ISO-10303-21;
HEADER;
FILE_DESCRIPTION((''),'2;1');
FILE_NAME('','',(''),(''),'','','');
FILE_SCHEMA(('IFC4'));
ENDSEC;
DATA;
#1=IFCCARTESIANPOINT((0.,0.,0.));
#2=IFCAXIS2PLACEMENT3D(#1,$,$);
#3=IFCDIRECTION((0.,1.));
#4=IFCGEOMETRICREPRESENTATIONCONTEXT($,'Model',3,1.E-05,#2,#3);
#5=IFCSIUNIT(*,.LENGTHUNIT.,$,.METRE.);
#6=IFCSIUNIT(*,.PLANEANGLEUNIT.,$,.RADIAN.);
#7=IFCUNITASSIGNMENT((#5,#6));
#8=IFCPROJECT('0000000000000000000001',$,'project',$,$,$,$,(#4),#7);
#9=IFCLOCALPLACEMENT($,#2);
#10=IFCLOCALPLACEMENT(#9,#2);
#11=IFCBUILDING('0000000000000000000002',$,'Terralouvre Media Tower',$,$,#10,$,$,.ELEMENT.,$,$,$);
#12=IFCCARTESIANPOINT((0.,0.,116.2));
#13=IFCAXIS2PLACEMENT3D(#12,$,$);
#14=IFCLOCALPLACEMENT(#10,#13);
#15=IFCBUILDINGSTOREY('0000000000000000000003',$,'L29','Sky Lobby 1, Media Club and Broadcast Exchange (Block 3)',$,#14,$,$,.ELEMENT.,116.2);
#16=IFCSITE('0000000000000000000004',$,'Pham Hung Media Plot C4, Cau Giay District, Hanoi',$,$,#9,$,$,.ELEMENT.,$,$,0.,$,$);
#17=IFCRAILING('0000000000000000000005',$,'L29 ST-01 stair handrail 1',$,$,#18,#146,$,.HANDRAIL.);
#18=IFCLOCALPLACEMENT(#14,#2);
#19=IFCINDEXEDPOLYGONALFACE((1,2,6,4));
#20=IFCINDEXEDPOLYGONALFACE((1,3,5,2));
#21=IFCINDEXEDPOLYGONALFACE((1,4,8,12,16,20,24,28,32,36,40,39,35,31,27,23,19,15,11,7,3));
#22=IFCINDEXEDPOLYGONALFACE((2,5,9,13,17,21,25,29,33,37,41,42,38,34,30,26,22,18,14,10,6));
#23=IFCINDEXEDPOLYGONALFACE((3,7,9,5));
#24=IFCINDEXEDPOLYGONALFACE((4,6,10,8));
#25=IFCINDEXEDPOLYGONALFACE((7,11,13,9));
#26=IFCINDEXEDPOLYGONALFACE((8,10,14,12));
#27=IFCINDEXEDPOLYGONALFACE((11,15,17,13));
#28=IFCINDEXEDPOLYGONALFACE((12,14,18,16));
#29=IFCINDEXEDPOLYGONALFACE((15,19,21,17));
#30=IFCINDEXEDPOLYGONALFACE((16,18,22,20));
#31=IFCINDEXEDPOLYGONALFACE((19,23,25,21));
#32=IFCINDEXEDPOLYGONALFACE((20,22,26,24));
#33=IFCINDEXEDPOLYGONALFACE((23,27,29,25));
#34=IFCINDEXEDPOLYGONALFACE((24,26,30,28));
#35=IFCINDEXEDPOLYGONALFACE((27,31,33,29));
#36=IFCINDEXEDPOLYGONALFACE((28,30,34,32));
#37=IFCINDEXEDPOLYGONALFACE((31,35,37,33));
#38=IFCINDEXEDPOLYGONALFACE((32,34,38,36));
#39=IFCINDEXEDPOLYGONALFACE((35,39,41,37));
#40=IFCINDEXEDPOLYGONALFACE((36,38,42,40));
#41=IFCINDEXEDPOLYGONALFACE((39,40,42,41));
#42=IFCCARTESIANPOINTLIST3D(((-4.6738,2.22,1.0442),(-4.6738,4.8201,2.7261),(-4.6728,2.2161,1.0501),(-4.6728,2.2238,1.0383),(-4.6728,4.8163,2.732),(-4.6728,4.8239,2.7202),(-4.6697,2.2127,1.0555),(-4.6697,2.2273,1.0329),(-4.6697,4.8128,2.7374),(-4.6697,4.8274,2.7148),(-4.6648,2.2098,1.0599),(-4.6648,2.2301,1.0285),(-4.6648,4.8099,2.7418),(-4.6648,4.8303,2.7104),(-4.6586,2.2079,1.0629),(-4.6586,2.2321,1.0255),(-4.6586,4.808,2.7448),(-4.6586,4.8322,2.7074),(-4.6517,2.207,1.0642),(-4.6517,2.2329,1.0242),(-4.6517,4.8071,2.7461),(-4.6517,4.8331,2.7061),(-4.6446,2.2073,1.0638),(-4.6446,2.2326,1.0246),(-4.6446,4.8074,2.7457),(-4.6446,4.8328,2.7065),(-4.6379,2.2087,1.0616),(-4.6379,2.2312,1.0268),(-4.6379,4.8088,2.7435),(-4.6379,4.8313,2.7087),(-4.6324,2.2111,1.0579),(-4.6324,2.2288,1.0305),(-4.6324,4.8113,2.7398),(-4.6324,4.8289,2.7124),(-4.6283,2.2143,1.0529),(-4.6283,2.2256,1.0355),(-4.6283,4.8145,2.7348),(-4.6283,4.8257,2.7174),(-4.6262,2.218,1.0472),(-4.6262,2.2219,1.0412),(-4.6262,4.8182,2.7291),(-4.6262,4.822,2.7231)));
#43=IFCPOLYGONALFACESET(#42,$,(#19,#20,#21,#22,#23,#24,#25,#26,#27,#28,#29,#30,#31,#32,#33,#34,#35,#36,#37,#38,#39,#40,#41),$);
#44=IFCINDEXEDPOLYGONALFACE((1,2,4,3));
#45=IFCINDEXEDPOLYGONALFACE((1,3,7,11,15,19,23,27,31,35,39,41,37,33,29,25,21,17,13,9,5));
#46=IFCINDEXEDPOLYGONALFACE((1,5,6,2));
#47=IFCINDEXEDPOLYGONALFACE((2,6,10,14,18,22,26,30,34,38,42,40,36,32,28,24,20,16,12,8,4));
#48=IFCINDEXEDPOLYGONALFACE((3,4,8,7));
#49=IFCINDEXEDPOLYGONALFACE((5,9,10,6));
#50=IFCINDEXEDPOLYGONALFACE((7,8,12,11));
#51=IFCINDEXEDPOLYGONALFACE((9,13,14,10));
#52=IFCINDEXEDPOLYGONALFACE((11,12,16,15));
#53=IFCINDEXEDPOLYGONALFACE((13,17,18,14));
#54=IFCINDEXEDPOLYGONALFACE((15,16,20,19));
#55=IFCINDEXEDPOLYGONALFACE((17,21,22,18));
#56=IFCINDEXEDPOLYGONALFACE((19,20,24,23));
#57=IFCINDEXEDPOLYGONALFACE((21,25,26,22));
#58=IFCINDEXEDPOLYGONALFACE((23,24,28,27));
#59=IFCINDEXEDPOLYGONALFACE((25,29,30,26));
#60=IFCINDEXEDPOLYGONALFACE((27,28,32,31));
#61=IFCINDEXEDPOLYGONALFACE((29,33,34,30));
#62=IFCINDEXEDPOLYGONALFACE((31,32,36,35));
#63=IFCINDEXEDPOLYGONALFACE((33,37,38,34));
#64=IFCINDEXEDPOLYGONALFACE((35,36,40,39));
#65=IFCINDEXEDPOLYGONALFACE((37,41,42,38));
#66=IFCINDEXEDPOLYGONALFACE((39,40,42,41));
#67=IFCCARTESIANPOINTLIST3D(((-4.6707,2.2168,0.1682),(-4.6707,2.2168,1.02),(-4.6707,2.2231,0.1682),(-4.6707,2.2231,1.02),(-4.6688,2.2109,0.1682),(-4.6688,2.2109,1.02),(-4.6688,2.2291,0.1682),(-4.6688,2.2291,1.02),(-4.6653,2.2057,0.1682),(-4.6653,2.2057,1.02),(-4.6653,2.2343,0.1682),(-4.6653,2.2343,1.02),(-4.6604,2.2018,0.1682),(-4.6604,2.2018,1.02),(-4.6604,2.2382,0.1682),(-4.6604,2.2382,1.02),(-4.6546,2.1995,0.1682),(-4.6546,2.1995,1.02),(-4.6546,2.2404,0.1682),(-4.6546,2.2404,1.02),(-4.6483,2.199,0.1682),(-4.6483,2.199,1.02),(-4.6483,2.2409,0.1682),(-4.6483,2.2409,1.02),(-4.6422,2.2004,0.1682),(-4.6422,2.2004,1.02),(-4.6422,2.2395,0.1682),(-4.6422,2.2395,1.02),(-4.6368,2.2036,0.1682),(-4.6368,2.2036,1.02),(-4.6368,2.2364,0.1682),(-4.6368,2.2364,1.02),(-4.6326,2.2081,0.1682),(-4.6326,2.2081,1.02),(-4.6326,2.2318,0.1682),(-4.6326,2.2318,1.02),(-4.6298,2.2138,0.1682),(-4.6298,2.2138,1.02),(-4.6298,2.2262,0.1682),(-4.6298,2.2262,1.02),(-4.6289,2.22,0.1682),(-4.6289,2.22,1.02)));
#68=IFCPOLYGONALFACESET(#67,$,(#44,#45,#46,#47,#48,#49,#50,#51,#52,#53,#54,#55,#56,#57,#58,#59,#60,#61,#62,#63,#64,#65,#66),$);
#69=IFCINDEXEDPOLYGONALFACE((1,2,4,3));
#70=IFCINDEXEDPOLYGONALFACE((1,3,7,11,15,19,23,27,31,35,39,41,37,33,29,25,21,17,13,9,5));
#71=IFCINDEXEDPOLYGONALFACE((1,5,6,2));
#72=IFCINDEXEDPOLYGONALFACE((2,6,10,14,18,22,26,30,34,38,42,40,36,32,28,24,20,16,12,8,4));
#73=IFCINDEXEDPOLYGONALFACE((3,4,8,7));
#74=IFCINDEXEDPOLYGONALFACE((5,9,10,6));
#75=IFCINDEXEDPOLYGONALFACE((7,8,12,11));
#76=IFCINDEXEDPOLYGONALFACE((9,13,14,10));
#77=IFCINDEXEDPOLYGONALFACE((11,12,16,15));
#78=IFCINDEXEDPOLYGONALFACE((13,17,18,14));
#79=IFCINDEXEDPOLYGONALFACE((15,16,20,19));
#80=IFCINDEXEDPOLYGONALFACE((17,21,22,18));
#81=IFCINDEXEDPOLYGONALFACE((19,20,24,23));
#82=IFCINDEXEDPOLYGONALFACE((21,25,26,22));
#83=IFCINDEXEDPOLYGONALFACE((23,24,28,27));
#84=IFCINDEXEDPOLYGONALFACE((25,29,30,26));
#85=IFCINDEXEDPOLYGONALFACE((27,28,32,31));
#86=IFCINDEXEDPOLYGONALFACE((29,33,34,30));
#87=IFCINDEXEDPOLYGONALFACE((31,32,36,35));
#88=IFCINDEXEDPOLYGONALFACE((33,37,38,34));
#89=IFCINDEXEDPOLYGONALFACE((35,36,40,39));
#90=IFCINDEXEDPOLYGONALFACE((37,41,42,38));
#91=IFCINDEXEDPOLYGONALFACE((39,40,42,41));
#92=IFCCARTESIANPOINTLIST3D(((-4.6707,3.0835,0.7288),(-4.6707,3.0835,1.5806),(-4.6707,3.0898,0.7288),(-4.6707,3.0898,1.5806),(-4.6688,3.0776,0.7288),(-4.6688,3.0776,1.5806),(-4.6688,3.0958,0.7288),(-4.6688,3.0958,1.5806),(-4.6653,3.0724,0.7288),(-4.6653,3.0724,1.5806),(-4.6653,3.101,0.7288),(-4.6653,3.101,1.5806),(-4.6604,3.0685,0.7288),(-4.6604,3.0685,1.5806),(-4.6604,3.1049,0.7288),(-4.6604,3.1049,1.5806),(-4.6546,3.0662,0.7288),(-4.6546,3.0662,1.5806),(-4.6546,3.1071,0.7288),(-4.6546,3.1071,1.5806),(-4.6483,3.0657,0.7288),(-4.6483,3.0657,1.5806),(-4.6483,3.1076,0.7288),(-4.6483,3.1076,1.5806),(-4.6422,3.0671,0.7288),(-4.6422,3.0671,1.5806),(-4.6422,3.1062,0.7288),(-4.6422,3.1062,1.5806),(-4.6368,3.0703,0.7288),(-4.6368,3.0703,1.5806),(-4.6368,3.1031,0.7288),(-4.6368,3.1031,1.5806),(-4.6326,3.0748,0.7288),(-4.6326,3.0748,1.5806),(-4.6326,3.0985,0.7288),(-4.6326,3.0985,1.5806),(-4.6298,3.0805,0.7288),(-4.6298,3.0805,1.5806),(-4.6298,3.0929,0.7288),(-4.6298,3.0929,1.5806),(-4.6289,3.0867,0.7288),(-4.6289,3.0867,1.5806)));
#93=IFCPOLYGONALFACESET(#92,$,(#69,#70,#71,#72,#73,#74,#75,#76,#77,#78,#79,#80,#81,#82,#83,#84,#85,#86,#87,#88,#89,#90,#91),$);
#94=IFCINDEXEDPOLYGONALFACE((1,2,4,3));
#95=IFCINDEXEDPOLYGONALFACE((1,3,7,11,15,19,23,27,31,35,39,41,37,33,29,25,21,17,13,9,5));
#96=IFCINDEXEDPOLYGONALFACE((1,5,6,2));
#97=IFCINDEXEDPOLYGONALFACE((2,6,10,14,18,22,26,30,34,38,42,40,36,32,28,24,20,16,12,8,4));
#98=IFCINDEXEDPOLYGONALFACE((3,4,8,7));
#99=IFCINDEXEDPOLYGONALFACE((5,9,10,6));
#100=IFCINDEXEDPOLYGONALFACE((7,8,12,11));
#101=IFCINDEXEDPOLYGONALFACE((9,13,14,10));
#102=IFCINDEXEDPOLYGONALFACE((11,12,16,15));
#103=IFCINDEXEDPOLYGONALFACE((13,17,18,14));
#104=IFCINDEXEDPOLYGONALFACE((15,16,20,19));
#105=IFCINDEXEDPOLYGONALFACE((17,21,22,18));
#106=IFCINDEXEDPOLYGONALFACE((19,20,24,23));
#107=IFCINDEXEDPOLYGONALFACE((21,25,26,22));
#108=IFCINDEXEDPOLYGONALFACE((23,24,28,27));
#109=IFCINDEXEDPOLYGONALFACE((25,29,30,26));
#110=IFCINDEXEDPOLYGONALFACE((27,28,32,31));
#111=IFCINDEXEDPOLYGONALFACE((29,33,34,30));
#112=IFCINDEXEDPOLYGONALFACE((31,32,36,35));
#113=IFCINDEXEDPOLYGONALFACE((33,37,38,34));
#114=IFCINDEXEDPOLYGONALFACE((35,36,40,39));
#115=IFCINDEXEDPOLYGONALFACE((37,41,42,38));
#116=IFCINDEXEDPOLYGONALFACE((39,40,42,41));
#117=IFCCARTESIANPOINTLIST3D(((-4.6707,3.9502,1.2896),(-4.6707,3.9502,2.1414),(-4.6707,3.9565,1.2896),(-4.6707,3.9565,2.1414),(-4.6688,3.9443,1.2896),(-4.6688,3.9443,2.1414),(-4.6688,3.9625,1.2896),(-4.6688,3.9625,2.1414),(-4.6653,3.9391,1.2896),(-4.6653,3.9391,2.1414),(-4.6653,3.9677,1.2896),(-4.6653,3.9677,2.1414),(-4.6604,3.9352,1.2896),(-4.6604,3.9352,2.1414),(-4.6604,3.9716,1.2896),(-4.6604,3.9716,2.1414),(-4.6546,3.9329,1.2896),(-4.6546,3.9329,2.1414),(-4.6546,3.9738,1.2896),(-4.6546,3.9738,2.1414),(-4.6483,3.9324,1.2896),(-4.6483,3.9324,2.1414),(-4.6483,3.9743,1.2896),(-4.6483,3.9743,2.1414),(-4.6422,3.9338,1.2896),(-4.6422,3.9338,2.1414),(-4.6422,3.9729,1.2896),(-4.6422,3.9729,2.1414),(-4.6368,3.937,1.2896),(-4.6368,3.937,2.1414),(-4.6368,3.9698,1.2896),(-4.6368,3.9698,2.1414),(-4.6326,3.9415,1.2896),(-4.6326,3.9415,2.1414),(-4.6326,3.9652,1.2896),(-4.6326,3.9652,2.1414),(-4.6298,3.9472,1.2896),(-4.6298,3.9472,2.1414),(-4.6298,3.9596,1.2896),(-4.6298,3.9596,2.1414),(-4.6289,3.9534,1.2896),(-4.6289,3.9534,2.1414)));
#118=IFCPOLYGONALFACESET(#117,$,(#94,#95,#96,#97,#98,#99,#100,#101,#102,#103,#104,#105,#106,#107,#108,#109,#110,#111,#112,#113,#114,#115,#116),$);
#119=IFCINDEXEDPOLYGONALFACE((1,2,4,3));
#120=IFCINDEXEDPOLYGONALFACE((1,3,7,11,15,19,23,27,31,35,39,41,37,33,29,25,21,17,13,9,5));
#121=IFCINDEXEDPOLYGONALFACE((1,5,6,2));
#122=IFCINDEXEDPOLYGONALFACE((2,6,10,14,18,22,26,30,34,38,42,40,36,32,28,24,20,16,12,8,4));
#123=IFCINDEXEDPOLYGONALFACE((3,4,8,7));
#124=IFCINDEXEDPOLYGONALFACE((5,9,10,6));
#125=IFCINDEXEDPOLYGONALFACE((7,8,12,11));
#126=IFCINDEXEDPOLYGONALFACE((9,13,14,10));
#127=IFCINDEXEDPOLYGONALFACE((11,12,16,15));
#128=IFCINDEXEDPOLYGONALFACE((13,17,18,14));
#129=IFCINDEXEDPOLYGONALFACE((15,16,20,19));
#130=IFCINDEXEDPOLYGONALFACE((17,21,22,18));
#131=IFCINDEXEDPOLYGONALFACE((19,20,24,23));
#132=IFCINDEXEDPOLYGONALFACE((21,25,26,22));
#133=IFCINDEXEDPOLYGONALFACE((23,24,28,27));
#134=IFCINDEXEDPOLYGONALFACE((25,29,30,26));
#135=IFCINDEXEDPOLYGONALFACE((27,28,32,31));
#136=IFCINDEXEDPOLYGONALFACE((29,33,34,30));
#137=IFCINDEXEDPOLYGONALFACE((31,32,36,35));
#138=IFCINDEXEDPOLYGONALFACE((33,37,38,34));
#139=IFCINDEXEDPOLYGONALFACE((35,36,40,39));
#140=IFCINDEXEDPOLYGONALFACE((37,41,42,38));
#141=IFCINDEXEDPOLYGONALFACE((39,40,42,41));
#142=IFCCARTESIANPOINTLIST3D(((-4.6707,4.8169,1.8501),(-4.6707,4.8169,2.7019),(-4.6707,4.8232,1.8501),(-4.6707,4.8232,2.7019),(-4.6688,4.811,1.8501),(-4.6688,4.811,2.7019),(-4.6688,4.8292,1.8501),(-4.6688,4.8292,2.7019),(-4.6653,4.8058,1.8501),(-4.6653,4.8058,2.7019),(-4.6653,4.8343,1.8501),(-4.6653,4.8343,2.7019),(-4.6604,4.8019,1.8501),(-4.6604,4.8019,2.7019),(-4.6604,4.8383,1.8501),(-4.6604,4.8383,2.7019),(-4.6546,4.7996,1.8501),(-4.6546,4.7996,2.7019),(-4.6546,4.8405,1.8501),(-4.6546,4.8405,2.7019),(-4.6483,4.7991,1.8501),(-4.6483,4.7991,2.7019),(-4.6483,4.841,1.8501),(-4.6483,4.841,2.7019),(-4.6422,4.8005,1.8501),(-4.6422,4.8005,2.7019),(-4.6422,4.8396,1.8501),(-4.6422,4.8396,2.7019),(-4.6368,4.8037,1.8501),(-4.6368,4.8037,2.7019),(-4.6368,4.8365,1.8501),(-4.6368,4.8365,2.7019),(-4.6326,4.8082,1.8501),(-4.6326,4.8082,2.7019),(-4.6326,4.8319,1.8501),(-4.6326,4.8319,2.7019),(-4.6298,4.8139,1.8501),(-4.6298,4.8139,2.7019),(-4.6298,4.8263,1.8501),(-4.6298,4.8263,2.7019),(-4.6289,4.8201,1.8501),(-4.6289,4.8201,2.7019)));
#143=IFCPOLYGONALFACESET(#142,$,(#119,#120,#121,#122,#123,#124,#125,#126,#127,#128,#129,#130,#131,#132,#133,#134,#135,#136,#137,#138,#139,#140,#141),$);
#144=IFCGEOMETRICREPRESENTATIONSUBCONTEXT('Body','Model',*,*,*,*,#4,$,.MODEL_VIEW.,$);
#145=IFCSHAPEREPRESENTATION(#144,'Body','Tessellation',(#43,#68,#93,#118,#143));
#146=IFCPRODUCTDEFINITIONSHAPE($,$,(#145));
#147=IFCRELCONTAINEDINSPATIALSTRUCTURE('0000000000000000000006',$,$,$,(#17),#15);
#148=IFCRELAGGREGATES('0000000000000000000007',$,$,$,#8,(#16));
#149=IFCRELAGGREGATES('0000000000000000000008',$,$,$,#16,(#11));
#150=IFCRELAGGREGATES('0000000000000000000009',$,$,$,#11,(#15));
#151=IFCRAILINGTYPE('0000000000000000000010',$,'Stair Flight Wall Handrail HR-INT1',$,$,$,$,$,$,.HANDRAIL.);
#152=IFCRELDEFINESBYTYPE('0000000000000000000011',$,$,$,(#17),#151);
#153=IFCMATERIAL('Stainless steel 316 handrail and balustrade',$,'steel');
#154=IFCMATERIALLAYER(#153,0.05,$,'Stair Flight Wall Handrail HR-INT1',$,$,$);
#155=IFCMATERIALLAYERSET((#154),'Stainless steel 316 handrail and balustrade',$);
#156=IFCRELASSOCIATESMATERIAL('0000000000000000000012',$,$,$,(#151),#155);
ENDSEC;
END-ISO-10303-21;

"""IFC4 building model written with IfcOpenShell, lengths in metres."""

from ifc_helpers import new_model, si_unit, direction, frame, origin, origin_2d, place, context, subcontext, project, spatial, circle, extrude, material, layer, layer_set, type_object, element, save


model = new_model("IFC4")

# Units and contexts
model_context = context("Model", 3, precision=1e-05, world=origin(), true_north=direction((0.0, 1.0)))
body_context = subcontext(model_context, "Body", "Model", "MODEL_VIEW")
ifc_project = project(units=[si_unit("LENGTHUNIT", "METRE"), si_unit("PLANEANGLEUNIT", "RADIAN")], contexts=[model_context])

# Site, building, storey
site_placement = place(None, origin())
site = spatial("IfcSite", under=ifc_project, at=site_placement, Name="Pham Hung Media Plot C4, Cau Giay District, Hanoi", CompositionType="ELEMENT", RefElevation=0.0)
building_placement = place(site_placement, origin())
building = spatial("IfcBuilding", under=site, at=building_placement, Name="Terralouvre Media Tower", CompositionType="ELEMENT")
storey_placement = place(building_placement, frame((0.0, 0.0, 116.2)))
storey = spatial("IfcBuildingStorey", under=building, at=storey_placement, Name="L29", Description="Sky Lobby 1, Media Club and Broadcast Exchange (Block 3)", CompositionType="ELEMENT", Elevation=116.2)

# Railing
ifc_material_1 = material(Name="Stainless steel 316 handrail and balustrade", Category="steel")
ifc_layer_1 = layer(ifc_material_1, 0.05, Name="Stair Flight Wall Handrail HR-INT1")
ifc_layer_set_1 = layer_set([ifc_layer_1], Name="Stainless steel 316 handrail and balustrade")
railing_type_1 = type_object("IfcRailingType", Name="Stair Flight Wall Handrail HR-INT1", PredefinedType="HANDRAIL", material=ifc_layer_set_1)
railing_1_placement = place(storey_placement, frame((-4.6499, 2.22, 0.1682)))
element("IfcRailing", 1, at=railing_1_placement, inside=storey, type_object=railing_type_1, Name="L29 ST-01 stair handrail 1", PredefinedType="HANDRAIL", context=body_context, shape_type="SweptSolid", body=[
    extrude(circle(Radius=0.0239, at=origin_2d()), frame((0.0, 0.0, 0.876), z_axis=(0.0, 0.839648, 0.54313), x_axis=(-1.0, 0.0, 0.0)), (0.0, 0.0, 1.0), 3.0967),
    extrude(circle(Radius=0.021, at=origin_2d()), origin(), (0.0, 0.0, 1.0), 0.8518),
    extrude(circle(Radius=0.021, at=origin_2d()), frame((0.0, 0.8667, 0.5605)), (0.0, 0.0, 1.0), 0.8518),
    extrude(circle(Radius=0.021, at=origin_2d()), frame((0.0, 1.7334, 1.1213)), (0.0, 0.0, 1.0), 0.8518),
    extrude(circle(Radius=0.021, at=origin_2d()), frame((0.0, 2.6001, 1.6819)), (0.0, 0.0, 1.0), 0.8518),
])

save(model, "model.ifc")
